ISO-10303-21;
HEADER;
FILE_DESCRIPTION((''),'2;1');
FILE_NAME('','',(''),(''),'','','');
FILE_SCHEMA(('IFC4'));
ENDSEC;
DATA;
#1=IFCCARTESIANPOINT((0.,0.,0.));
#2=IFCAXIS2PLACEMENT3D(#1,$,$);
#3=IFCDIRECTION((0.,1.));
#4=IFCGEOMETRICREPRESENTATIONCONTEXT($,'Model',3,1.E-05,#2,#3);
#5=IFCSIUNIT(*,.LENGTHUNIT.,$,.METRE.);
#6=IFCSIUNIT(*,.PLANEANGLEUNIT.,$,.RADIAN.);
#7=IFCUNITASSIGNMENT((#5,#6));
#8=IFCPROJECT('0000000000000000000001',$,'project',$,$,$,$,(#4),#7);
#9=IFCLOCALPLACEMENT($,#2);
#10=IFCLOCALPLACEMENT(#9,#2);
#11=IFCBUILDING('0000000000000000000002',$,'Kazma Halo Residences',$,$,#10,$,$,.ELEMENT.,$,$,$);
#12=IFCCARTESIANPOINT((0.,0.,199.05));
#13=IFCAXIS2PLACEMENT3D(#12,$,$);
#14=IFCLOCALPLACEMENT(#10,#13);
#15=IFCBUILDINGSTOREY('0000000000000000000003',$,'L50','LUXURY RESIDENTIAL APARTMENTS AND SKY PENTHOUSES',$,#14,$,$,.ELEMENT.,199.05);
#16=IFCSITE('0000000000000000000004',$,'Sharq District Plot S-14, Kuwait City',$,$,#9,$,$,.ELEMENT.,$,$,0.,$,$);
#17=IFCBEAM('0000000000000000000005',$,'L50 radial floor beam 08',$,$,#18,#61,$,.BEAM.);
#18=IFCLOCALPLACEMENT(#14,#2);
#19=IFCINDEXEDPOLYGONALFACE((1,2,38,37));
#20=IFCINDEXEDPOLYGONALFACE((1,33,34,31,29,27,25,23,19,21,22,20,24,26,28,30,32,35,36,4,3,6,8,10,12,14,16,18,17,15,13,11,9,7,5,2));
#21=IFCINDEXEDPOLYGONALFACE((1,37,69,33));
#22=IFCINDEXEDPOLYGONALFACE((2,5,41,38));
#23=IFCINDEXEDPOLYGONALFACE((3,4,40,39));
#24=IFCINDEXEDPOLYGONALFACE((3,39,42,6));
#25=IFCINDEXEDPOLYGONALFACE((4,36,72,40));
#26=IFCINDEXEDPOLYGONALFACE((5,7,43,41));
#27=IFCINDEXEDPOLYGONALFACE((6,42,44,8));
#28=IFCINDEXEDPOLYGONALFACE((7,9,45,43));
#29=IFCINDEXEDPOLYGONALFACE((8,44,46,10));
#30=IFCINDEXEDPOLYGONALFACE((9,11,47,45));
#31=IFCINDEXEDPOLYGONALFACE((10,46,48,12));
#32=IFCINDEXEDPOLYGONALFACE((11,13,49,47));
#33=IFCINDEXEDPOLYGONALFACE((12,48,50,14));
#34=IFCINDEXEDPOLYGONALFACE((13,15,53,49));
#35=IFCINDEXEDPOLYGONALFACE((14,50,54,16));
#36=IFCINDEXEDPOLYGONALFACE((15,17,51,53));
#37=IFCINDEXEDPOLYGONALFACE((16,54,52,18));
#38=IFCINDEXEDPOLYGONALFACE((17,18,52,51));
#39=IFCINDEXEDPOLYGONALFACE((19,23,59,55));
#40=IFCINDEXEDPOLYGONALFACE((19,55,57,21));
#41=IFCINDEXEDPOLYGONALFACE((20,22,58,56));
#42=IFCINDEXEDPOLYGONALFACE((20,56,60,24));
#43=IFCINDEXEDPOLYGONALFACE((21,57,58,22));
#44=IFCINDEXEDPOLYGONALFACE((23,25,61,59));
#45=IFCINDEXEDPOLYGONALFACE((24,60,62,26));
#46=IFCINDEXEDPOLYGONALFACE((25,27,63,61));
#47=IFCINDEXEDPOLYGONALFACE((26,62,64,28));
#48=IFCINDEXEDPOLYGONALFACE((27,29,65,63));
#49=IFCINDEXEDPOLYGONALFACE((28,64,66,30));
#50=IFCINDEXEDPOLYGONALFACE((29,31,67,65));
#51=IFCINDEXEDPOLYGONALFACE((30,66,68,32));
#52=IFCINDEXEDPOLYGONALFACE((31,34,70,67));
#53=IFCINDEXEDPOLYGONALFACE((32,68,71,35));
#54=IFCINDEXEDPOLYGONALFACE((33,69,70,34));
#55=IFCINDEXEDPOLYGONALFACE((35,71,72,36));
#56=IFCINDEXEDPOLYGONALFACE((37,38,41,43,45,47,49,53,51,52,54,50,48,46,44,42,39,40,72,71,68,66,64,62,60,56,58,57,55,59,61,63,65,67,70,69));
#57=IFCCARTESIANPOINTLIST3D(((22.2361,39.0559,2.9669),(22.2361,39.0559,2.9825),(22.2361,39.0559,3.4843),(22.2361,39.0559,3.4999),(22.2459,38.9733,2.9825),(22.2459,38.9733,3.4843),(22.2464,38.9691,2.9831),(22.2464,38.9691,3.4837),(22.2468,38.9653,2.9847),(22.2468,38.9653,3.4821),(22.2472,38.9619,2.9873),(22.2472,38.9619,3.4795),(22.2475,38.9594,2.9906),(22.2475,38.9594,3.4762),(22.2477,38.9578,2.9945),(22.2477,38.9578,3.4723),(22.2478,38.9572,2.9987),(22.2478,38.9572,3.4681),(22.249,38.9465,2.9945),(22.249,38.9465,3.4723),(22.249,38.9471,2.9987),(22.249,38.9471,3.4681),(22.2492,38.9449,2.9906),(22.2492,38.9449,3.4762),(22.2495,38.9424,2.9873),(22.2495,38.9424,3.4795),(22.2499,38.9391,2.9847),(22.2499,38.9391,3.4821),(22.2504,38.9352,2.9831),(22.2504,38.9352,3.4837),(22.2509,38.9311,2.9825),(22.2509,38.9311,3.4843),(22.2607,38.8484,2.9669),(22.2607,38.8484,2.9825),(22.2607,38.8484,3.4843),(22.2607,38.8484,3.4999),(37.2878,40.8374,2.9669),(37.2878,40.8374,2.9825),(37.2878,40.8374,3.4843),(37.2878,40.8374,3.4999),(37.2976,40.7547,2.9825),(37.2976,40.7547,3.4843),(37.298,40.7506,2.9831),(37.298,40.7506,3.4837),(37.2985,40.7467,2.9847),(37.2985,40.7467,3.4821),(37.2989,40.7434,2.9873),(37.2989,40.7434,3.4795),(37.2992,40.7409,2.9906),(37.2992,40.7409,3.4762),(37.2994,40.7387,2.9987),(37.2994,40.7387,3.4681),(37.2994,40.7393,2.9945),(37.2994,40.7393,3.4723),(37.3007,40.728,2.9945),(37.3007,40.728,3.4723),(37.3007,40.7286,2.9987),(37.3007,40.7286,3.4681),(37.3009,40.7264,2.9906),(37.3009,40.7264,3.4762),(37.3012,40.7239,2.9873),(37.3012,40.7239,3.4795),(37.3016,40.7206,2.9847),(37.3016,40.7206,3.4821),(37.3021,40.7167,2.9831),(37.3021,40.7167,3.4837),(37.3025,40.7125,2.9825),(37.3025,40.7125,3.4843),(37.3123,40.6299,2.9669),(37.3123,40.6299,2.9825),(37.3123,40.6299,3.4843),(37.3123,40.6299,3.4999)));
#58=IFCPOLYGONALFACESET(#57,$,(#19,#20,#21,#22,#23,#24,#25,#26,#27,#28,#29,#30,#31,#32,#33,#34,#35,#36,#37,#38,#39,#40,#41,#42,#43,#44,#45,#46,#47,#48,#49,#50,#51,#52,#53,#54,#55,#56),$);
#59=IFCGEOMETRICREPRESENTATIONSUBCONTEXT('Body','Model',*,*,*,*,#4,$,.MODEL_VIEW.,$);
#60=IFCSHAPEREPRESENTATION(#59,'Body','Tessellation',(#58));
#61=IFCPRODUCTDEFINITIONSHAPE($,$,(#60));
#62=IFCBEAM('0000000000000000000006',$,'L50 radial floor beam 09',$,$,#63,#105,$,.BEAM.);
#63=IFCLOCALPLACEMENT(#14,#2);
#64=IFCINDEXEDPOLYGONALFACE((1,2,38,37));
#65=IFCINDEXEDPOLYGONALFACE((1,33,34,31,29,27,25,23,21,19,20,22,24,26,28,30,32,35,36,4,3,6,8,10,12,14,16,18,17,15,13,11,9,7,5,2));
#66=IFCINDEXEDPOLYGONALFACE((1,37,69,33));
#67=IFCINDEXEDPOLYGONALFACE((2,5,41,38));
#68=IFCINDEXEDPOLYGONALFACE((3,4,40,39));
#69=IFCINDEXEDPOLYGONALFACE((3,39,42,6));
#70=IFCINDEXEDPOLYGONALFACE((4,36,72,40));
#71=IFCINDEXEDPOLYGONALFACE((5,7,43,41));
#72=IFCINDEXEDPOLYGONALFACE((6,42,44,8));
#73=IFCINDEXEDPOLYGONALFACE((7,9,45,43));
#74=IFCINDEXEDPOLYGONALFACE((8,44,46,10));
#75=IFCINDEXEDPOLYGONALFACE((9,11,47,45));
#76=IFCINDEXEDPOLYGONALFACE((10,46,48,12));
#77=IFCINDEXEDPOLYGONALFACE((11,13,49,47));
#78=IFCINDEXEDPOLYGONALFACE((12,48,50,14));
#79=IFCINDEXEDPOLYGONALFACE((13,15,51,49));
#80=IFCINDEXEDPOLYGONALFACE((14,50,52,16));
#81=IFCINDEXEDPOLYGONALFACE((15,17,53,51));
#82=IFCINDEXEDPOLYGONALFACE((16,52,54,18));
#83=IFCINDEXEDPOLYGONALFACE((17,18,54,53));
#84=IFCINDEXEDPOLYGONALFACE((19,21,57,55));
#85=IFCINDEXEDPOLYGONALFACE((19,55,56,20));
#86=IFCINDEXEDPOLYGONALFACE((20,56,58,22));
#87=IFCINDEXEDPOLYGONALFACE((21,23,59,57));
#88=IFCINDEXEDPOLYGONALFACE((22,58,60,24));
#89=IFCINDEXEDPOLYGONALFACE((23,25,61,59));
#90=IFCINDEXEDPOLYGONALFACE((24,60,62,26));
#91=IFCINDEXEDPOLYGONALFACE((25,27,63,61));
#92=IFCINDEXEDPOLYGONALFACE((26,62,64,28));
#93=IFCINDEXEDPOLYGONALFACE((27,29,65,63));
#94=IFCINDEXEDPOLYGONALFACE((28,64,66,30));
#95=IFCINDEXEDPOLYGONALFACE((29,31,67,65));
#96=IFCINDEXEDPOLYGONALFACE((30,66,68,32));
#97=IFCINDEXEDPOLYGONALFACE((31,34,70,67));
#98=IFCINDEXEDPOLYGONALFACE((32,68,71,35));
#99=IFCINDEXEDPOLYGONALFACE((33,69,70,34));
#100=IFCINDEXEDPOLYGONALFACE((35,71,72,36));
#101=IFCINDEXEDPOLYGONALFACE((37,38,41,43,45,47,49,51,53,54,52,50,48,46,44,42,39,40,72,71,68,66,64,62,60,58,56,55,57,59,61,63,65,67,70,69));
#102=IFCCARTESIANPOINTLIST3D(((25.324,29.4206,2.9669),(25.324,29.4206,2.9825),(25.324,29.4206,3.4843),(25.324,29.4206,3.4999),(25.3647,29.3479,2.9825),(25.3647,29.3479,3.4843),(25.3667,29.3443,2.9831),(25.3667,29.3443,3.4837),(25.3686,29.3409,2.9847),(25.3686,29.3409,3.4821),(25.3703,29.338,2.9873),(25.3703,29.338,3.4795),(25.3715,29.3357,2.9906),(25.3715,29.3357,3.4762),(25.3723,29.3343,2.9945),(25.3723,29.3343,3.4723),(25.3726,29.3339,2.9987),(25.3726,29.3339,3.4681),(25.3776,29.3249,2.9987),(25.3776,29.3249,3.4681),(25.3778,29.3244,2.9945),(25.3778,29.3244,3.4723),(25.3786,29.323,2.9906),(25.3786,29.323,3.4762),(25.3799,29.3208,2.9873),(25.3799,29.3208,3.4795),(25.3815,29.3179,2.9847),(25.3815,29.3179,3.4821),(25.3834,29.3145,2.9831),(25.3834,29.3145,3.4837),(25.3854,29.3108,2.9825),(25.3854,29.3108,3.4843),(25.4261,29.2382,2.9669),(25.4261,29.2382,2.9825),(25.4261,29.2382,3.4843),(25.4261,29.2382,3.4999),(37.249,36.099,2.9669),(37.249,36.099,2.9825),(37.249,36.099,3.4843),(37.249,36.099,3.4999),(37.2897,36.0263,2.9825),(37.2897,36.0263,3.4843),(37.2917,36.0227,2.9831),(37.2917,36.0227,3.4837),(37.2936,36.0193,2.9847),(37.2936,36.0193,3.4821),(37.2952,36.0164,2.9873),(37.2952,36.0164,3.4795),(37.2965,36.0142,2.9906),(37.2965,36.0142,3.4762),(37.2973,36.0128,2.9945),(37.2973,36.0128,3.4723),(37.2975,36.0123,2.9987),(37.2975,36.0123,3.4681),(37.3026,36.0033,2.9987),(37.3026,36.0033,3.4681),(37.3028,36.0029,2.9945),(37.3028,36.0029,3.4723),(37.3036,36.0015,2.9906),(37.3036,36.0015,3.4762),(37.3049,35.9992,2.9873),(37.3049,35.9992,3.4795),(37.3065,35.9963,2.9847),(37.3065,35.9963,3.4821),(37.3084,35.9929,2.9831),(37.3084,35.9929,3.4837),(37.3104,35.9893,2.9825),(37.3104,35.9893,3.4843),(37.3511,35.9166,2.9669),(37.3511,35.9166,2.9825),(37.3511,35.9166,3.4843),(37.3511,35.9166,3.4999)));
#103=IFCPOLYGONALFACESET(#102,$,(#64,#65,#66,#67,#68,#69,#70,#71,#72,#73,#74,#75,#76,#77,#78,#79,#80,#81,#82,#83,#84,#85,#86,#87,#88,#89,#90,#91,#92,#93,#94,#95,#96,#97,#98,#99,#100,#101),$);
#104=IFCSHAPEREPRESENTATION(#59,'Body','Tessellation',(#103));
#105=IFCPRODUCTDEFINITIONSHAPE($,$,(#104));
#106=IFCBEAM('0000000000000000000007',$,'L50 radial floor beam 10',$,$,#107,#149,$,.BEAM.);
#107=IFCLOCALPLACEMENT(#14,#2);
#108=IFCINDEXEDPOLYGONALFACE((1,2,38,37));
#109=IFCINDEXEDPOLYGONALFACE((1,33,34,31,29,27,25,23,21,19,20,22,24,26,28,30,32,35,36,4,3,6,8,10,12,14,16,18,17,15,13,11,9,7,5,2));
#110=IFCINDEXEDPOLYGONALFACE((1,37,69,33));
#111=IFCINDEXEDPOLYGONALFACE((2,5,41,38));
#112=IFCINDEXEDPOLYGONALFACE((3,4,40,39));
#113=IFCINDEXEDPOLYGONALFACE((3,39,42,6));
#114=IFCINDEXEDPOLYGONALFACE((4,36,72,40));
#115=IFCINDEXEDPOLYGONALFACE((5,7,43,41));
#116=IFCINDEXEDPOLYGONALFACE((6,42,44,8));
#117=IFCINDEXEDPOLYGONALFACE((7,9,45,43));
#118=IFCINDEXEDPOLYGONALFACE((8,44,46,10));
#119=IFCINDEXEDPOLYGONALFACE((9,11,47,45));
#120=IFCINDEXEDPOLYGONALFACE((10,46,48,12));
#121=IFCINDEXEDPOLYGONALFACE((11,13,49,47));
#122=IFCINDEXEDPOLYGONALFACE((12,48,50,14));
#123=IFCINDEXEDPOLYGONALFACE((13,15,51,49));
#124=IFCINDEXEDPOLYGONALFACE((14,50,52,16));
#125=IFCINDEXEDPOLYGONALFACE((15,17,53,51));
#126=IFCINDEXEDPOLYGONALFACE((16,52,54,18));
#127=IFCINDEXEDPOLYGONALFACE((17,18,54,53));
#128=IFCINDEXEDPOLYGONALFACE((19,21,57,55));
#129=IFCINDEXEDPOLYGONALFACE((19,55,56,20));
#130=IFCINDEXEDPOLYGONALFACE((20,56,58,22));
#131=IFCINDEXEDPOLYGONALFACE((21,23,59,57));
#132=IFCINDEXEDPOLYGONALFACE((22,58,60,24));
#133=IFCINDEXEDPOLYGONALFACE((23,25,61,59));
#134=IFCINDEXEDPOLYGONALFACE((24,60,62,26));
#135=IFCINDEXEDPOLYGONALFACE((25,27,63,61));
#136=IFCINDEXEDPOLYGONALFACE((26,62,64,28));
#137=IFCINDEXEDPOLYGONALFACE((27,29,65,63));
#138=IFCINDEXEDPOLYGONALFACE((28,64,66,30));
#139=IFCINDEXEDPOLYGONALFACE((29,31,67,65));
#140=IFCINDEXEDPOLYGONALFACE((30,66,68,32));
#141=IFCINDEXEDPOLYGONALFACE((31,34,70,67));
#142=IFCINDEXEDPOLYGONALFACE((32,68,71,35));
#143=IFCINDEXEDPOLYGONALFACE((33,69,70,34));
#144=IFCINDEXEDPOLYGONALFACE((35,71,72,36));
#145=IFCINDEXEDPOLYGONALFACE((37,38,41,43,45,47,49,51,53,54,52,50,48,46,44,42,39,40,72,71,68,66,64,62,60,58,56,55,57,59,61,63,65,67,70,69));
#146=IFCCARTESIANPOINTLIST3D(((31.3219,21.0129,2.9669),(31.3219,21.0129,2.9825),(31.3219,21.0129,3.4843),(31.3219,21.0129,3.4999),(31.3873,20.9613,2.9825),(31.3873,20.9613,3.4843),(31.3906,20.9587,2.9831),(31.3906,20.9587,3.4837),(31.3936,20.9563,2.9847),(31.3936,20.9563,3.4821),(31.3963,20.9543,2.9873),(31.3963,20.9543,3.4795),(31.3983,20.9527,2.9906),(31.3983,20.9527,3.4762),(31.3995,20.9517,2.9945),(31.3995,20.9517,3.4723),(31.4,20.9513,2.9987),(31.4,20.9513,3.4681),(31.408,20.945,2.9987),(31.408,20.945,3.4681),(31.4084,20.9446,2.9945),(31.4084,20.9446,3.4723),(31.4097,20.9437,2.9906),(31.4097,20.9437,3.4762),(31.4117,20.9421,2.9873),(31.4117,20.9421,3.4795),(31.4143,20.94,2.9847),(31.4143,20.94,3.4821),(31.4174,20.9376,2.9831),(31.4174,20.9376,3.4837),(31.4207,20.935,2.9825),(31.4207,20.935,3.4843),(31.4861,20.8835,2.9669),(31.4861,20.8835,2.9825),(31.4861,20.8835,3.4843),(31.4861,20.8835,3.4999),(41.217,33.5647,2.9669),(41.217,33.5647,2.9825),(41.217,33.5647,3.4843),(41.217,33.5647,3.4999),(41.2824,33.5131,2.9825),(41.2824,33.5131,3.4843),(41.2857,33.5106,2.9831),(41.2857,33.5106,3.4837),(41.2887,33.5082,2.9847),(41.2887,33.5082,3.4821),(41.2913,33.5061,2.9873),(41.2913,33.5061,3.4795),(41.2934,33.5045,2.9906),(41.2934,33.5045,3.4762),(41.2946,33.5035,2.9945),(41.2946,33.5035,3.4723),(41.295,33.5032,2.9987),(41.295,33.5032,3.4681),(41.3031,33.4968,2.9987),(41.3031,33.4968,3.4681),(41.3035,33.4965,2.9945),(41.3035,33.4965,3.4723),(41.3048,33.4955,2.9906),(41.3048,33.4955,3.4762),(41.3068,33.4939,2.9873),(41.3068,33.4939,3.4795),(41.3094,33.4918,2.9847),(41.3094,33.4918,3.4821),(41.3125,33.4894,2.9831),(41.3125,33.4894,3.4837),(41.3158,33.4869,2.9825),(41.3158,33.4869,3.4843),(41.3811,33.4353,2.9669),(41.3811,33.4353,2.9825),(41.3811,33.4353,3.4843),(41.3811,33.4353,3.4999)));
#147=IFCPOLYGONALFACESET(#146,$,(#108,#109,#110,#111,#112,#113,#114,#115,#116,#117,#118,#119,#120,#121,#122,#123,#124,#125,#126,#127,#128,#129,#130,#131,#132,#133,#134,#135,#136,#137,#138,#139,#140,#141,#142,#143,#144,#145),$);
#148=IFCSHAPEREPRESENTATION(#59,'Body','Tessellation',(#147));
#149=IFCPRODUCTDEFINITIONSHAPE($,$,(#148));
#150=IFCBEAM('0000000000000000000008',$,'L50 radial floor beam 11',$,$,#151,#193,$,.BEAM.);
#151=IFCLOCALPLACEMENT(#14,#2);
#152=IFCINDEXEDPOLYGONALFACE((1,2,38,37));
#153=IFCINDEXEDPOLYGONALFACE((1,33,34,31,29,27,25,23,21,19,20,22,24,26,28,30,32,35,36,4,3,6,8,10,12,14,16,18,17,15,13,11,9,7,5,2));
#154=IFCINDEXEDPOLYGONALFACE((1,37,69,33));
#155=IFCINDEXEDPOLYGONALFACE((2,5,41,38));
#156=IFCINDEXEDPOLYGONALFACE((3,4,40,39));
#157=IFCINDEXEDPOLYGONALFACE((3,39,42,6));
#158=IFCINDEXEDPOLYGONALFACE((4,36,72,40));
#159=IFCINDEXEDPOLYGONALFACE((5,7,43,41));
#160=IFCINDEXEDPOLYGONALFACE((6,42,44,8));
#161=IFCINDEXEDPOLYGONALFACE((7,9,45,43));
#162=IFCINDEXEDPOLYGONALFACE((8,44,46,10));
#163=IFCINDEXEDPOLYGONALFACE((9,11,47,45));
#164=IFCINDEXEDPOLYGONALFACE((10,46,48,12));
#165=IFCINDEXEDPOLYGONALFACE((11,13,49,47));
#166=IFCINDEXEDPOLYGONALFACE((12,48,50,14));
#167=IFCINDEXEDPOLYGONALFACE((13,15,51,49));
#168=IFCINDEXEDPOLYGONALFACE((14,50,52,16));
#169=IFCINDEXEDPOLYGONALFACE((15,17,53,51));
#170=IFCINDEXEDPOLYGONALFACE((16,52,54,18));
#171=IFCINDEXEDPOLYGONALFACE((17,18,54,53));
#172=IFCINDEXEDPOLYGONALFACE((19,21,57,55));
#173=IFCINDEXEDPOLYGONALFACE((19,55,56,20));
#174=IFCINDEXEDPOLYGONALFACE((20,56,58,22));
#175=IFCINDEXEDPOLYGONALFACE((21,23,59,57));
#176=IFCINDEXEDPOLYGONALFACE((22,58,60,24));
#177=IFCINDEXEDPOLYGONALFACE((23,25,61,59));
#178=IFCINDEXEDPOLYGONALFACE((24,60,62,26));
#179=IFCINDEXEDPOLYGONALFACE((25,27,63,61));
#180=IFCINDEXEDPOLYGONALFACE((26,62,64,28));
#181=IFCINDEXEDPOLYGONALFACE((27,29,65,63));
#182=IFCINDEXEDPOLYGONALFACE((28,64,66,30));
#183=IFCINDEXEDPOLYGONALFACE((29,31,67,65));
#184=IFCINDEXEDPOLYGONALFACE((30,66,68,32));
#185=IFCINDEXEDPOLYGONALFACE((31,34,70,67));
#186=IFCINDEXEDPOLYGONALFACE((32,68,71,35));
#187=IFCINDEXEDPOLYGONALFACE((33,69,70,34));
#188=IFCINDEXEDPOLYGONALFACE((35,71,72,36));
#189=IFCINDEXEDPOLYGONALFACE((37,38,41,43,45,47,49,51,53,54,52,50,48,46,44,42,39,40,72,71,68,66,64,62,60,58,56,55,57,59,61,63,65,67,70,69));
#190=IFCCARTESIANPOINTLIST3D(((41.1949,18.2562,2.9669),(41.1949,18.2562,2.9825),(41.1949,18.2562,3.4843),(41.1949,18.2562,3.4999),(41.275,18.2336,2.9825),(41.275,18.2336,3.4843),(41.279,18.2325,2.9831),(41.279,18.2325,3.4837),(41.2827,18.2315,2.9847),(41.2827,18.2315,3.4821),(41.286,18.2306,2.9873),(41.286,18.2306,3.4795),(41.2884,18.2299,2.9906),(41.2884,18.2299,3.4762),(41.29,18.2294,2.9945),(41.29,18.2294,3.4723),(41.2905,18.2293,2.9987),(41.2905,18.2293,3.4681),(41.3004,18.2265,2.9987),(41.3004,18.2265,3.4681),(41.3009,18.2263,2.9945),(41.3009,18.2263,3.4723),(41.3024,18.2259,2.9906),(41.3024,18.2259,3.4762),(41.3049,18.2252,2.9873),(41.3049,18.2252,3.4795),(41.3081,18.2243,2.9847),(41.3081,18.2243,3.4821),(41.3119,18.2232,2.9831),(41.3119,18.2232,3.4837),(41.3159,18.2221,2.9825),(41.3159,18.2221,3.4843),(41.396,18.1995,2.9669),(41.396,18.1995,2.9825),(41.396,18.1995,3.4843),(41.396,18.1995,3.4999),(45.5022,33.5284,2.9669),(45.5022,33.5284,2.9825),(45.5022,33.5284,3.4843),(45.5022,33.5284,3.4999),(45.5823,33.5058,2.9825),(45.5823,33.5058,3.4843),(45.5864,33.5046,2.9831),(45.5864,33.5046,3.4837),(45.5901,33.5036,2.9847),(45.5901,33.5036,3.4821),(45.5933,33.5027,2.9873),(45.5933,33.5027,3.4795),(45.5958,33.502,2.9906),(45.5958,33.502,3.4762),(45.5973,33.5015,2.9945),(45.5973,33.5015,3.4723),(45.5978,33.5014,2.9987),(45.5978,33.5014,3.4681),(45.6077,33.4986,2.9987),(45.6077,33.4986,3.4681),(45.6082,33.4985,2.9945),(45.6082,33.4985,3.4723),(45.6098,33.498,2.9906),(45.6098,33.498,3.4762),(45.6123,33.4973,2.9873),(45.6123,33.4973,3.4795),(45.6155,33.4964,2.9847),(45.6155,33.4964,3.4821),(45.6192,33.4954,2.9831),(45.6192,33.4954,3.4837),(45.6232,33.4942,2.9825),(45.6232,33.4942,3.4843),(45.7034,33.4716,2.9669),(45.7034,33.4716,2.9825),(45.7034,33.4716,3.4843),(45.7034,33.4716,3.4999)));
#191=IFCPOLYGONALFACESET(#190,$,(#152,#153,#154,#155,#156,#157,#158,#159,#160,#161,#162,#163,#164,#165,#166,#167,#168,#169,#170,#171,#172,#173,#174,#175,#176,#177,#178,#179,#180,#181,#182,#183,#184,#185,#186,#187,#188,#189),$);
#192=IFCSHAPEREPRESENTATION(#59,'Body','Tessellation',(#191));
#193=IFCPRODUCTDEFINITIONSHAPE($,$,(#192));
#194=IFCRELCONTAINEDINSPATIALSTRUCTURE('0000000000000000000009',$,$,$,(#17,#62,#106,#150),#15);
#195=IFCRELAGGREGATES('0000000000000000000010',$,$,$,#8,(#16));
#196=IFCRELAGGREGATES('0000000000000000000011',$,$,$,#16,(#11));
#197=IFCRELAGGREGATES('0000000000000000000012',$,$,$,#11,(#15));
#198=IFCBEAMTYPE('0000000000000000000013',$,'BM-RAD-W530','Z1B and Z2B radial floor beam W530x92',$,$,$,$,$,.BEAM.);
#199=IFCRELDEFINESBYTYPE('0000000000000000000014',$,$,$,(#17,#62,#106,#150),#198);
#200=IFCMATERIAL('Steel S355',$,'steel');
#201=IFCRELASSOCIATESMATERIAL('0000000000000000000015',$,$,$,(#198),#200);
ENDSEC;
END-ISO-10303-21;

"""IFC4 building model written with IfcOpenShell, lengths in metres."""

from ifc_helpers import new_model, si_unit, direction, frame, origin, origin_2d, place, context, subcontext, project, spatial, i_section, extrude, material, material_profile, profile_set, type_object, element, save


model = new_model("IFC4")

# Units and contexts
model_context = context("Model", 3, precision=1e-05, world=origin(), true_north=direction((0.0, 1.0)))
body_context = subcontext(model_context, "Body", "Model", "MODEL_VIEW")
ifc_project = project(units=[si_unit("LENGTHUNIT", "METRE"), si_unit("PLANEANGLEUNIT", "RADIAN")], contexts=[model_context])

# Site, building, storey
site_placement = place(None, origin())
site = spatial("IfcSite", under=ifc_project, at=site_placement, Name="Sharq District Plot S-14, Kuwait City", CompositionType="ELEMENT", RefElevation=0.0)
building_placement = place(site_placement, origin())
building = spatial("IfcBuilding", under=site, at=building_placement, Name="Kazma Halo Residences", CompositionType="ELEMENT")
storey_placement = place(building_placement, frame((0.0, 0.0, 199.05)))
storey = spatial("IfcBuildingStorey", under=building, at=storey_placement, Name="L50", Description="LUXURY RESIDENTIAL APARTMENTS AND SKY PENTHOUSES", CompositionType="ELEMENT", Elevation=199.05)

# Beams
ifc_material_1 = material(Name="Steel S355", Category="steel")
ifc_material_profile_1 = material_profile(ifc_material_1, i_section(OverallWidth=0.209, OverallDepth=0.533, WebThickness=0.0103, FlangeThickness=0.0156, FilletRadius=0.0161, at=origin_2d()), Name="W530x92")
ifc_profile_set_1 = profile_set([ifc_material_profile_1], Name="Steel S355")
beam_type_1 = type_object("IfcBeamType", Name="BM-RAD-W530", Description="Z1B and Z2B radial floor beam W530x92", PredefinedType="BEAM", material=ifc_profile_set_1)
beam_1_placement = place(storey_placement, frame((37.3, 40.7336, 3.2334), z_axis=(-0.993068, -0.117537, 0.0), x_axis=(0.117537, -0.993068, 0.0)))
element("IfcBeam", 1, at=beam_1_placement, inside=storey, type_object=beam_type_1, Name="L50 radial floor beam 08", PredefinedType="BEAM", context=body_context, shape_type="SweptSolid", body=[
    extrude(i_section(OverallWidth=0.209, OverallDepth=0.533, WebThickness=0.0103, FlangeThickness=0.0156, FilletRadius=0.0161, at=origin_2d()), origin(), (0.0, 0.0, 1.0), 15.1567),
])
beam_2_placement = place(storey_placement, frame((37.3, 36.0078, 3.2334), z_axis=(-0.872492, -0.488628, 0.0), x_axis=(0.488628, -0.872492, 0.0)))
element("IfcBeam", 2, at=beam_2_placement, inside=storey, type_object=beam_type_1, Name="L50 radial floor beam 09", PredefinedType="BEAM", context=body_context, shape_type="SweptSolid", body=[
    extrude(i_section(OverallWidth=0.209, OverallDepth=0.533, WebThickness=0.0103, FlangeThickness=0.0156, FilletRadius=0.0161, at=origin_2d()), origin(), (0.0, 0.0, 1.0), 13.6677),
])
beam_3_placement = place(storey_placement, frame((41.2991, 33.5, 3.2334), z_axis=(-0.619094, -0.785317, 0.0), x_axis=(0.785317, -0.619094, 0.0)))
element("IfcBeam", 3, at=beam_3_placement, inside=storey, type_object=beam_type_1, Name="L50 radial floor beam 10", PredefinedType="BEAM", context=body_context, shape_type="SweptSolid", body=[
    extrude(i_section(OverallWidth=0.209, OverallDepth=0.533, WebThickness=0.0103, FlangeThickness=0.0156, FilletRadius=0.0161, at=origin_2d()), origin(), (0.0, 0.0, 1.0), 15.9832),
])
beam_4_placement = place(storey_placement, frame((45.6028, 33.5, 3.2334), z_axis=(-0.27145, -0.962453, 0.0), x_axis=(0.962453, -0.27145, 0.0)))
element("IfcBeam", 4, at=beam_4_placement, inside=storey, type_object=beam_type_1, Name="L50 radial floor beam 11", PredefinedType="BEAM", context=body_context, shape_type="SweptSolid", body=[
    extrude(i_section(OverallWidth=0.209, OverallDepth=0.533, WebThickness=0.0103, FlangeThickness=0.0156, FilletRadius=0.0161, at=origin_2d()), origin(), (0.0, 0.0, 1.0), 15.8679),
])

save(model, "model.ifc")
